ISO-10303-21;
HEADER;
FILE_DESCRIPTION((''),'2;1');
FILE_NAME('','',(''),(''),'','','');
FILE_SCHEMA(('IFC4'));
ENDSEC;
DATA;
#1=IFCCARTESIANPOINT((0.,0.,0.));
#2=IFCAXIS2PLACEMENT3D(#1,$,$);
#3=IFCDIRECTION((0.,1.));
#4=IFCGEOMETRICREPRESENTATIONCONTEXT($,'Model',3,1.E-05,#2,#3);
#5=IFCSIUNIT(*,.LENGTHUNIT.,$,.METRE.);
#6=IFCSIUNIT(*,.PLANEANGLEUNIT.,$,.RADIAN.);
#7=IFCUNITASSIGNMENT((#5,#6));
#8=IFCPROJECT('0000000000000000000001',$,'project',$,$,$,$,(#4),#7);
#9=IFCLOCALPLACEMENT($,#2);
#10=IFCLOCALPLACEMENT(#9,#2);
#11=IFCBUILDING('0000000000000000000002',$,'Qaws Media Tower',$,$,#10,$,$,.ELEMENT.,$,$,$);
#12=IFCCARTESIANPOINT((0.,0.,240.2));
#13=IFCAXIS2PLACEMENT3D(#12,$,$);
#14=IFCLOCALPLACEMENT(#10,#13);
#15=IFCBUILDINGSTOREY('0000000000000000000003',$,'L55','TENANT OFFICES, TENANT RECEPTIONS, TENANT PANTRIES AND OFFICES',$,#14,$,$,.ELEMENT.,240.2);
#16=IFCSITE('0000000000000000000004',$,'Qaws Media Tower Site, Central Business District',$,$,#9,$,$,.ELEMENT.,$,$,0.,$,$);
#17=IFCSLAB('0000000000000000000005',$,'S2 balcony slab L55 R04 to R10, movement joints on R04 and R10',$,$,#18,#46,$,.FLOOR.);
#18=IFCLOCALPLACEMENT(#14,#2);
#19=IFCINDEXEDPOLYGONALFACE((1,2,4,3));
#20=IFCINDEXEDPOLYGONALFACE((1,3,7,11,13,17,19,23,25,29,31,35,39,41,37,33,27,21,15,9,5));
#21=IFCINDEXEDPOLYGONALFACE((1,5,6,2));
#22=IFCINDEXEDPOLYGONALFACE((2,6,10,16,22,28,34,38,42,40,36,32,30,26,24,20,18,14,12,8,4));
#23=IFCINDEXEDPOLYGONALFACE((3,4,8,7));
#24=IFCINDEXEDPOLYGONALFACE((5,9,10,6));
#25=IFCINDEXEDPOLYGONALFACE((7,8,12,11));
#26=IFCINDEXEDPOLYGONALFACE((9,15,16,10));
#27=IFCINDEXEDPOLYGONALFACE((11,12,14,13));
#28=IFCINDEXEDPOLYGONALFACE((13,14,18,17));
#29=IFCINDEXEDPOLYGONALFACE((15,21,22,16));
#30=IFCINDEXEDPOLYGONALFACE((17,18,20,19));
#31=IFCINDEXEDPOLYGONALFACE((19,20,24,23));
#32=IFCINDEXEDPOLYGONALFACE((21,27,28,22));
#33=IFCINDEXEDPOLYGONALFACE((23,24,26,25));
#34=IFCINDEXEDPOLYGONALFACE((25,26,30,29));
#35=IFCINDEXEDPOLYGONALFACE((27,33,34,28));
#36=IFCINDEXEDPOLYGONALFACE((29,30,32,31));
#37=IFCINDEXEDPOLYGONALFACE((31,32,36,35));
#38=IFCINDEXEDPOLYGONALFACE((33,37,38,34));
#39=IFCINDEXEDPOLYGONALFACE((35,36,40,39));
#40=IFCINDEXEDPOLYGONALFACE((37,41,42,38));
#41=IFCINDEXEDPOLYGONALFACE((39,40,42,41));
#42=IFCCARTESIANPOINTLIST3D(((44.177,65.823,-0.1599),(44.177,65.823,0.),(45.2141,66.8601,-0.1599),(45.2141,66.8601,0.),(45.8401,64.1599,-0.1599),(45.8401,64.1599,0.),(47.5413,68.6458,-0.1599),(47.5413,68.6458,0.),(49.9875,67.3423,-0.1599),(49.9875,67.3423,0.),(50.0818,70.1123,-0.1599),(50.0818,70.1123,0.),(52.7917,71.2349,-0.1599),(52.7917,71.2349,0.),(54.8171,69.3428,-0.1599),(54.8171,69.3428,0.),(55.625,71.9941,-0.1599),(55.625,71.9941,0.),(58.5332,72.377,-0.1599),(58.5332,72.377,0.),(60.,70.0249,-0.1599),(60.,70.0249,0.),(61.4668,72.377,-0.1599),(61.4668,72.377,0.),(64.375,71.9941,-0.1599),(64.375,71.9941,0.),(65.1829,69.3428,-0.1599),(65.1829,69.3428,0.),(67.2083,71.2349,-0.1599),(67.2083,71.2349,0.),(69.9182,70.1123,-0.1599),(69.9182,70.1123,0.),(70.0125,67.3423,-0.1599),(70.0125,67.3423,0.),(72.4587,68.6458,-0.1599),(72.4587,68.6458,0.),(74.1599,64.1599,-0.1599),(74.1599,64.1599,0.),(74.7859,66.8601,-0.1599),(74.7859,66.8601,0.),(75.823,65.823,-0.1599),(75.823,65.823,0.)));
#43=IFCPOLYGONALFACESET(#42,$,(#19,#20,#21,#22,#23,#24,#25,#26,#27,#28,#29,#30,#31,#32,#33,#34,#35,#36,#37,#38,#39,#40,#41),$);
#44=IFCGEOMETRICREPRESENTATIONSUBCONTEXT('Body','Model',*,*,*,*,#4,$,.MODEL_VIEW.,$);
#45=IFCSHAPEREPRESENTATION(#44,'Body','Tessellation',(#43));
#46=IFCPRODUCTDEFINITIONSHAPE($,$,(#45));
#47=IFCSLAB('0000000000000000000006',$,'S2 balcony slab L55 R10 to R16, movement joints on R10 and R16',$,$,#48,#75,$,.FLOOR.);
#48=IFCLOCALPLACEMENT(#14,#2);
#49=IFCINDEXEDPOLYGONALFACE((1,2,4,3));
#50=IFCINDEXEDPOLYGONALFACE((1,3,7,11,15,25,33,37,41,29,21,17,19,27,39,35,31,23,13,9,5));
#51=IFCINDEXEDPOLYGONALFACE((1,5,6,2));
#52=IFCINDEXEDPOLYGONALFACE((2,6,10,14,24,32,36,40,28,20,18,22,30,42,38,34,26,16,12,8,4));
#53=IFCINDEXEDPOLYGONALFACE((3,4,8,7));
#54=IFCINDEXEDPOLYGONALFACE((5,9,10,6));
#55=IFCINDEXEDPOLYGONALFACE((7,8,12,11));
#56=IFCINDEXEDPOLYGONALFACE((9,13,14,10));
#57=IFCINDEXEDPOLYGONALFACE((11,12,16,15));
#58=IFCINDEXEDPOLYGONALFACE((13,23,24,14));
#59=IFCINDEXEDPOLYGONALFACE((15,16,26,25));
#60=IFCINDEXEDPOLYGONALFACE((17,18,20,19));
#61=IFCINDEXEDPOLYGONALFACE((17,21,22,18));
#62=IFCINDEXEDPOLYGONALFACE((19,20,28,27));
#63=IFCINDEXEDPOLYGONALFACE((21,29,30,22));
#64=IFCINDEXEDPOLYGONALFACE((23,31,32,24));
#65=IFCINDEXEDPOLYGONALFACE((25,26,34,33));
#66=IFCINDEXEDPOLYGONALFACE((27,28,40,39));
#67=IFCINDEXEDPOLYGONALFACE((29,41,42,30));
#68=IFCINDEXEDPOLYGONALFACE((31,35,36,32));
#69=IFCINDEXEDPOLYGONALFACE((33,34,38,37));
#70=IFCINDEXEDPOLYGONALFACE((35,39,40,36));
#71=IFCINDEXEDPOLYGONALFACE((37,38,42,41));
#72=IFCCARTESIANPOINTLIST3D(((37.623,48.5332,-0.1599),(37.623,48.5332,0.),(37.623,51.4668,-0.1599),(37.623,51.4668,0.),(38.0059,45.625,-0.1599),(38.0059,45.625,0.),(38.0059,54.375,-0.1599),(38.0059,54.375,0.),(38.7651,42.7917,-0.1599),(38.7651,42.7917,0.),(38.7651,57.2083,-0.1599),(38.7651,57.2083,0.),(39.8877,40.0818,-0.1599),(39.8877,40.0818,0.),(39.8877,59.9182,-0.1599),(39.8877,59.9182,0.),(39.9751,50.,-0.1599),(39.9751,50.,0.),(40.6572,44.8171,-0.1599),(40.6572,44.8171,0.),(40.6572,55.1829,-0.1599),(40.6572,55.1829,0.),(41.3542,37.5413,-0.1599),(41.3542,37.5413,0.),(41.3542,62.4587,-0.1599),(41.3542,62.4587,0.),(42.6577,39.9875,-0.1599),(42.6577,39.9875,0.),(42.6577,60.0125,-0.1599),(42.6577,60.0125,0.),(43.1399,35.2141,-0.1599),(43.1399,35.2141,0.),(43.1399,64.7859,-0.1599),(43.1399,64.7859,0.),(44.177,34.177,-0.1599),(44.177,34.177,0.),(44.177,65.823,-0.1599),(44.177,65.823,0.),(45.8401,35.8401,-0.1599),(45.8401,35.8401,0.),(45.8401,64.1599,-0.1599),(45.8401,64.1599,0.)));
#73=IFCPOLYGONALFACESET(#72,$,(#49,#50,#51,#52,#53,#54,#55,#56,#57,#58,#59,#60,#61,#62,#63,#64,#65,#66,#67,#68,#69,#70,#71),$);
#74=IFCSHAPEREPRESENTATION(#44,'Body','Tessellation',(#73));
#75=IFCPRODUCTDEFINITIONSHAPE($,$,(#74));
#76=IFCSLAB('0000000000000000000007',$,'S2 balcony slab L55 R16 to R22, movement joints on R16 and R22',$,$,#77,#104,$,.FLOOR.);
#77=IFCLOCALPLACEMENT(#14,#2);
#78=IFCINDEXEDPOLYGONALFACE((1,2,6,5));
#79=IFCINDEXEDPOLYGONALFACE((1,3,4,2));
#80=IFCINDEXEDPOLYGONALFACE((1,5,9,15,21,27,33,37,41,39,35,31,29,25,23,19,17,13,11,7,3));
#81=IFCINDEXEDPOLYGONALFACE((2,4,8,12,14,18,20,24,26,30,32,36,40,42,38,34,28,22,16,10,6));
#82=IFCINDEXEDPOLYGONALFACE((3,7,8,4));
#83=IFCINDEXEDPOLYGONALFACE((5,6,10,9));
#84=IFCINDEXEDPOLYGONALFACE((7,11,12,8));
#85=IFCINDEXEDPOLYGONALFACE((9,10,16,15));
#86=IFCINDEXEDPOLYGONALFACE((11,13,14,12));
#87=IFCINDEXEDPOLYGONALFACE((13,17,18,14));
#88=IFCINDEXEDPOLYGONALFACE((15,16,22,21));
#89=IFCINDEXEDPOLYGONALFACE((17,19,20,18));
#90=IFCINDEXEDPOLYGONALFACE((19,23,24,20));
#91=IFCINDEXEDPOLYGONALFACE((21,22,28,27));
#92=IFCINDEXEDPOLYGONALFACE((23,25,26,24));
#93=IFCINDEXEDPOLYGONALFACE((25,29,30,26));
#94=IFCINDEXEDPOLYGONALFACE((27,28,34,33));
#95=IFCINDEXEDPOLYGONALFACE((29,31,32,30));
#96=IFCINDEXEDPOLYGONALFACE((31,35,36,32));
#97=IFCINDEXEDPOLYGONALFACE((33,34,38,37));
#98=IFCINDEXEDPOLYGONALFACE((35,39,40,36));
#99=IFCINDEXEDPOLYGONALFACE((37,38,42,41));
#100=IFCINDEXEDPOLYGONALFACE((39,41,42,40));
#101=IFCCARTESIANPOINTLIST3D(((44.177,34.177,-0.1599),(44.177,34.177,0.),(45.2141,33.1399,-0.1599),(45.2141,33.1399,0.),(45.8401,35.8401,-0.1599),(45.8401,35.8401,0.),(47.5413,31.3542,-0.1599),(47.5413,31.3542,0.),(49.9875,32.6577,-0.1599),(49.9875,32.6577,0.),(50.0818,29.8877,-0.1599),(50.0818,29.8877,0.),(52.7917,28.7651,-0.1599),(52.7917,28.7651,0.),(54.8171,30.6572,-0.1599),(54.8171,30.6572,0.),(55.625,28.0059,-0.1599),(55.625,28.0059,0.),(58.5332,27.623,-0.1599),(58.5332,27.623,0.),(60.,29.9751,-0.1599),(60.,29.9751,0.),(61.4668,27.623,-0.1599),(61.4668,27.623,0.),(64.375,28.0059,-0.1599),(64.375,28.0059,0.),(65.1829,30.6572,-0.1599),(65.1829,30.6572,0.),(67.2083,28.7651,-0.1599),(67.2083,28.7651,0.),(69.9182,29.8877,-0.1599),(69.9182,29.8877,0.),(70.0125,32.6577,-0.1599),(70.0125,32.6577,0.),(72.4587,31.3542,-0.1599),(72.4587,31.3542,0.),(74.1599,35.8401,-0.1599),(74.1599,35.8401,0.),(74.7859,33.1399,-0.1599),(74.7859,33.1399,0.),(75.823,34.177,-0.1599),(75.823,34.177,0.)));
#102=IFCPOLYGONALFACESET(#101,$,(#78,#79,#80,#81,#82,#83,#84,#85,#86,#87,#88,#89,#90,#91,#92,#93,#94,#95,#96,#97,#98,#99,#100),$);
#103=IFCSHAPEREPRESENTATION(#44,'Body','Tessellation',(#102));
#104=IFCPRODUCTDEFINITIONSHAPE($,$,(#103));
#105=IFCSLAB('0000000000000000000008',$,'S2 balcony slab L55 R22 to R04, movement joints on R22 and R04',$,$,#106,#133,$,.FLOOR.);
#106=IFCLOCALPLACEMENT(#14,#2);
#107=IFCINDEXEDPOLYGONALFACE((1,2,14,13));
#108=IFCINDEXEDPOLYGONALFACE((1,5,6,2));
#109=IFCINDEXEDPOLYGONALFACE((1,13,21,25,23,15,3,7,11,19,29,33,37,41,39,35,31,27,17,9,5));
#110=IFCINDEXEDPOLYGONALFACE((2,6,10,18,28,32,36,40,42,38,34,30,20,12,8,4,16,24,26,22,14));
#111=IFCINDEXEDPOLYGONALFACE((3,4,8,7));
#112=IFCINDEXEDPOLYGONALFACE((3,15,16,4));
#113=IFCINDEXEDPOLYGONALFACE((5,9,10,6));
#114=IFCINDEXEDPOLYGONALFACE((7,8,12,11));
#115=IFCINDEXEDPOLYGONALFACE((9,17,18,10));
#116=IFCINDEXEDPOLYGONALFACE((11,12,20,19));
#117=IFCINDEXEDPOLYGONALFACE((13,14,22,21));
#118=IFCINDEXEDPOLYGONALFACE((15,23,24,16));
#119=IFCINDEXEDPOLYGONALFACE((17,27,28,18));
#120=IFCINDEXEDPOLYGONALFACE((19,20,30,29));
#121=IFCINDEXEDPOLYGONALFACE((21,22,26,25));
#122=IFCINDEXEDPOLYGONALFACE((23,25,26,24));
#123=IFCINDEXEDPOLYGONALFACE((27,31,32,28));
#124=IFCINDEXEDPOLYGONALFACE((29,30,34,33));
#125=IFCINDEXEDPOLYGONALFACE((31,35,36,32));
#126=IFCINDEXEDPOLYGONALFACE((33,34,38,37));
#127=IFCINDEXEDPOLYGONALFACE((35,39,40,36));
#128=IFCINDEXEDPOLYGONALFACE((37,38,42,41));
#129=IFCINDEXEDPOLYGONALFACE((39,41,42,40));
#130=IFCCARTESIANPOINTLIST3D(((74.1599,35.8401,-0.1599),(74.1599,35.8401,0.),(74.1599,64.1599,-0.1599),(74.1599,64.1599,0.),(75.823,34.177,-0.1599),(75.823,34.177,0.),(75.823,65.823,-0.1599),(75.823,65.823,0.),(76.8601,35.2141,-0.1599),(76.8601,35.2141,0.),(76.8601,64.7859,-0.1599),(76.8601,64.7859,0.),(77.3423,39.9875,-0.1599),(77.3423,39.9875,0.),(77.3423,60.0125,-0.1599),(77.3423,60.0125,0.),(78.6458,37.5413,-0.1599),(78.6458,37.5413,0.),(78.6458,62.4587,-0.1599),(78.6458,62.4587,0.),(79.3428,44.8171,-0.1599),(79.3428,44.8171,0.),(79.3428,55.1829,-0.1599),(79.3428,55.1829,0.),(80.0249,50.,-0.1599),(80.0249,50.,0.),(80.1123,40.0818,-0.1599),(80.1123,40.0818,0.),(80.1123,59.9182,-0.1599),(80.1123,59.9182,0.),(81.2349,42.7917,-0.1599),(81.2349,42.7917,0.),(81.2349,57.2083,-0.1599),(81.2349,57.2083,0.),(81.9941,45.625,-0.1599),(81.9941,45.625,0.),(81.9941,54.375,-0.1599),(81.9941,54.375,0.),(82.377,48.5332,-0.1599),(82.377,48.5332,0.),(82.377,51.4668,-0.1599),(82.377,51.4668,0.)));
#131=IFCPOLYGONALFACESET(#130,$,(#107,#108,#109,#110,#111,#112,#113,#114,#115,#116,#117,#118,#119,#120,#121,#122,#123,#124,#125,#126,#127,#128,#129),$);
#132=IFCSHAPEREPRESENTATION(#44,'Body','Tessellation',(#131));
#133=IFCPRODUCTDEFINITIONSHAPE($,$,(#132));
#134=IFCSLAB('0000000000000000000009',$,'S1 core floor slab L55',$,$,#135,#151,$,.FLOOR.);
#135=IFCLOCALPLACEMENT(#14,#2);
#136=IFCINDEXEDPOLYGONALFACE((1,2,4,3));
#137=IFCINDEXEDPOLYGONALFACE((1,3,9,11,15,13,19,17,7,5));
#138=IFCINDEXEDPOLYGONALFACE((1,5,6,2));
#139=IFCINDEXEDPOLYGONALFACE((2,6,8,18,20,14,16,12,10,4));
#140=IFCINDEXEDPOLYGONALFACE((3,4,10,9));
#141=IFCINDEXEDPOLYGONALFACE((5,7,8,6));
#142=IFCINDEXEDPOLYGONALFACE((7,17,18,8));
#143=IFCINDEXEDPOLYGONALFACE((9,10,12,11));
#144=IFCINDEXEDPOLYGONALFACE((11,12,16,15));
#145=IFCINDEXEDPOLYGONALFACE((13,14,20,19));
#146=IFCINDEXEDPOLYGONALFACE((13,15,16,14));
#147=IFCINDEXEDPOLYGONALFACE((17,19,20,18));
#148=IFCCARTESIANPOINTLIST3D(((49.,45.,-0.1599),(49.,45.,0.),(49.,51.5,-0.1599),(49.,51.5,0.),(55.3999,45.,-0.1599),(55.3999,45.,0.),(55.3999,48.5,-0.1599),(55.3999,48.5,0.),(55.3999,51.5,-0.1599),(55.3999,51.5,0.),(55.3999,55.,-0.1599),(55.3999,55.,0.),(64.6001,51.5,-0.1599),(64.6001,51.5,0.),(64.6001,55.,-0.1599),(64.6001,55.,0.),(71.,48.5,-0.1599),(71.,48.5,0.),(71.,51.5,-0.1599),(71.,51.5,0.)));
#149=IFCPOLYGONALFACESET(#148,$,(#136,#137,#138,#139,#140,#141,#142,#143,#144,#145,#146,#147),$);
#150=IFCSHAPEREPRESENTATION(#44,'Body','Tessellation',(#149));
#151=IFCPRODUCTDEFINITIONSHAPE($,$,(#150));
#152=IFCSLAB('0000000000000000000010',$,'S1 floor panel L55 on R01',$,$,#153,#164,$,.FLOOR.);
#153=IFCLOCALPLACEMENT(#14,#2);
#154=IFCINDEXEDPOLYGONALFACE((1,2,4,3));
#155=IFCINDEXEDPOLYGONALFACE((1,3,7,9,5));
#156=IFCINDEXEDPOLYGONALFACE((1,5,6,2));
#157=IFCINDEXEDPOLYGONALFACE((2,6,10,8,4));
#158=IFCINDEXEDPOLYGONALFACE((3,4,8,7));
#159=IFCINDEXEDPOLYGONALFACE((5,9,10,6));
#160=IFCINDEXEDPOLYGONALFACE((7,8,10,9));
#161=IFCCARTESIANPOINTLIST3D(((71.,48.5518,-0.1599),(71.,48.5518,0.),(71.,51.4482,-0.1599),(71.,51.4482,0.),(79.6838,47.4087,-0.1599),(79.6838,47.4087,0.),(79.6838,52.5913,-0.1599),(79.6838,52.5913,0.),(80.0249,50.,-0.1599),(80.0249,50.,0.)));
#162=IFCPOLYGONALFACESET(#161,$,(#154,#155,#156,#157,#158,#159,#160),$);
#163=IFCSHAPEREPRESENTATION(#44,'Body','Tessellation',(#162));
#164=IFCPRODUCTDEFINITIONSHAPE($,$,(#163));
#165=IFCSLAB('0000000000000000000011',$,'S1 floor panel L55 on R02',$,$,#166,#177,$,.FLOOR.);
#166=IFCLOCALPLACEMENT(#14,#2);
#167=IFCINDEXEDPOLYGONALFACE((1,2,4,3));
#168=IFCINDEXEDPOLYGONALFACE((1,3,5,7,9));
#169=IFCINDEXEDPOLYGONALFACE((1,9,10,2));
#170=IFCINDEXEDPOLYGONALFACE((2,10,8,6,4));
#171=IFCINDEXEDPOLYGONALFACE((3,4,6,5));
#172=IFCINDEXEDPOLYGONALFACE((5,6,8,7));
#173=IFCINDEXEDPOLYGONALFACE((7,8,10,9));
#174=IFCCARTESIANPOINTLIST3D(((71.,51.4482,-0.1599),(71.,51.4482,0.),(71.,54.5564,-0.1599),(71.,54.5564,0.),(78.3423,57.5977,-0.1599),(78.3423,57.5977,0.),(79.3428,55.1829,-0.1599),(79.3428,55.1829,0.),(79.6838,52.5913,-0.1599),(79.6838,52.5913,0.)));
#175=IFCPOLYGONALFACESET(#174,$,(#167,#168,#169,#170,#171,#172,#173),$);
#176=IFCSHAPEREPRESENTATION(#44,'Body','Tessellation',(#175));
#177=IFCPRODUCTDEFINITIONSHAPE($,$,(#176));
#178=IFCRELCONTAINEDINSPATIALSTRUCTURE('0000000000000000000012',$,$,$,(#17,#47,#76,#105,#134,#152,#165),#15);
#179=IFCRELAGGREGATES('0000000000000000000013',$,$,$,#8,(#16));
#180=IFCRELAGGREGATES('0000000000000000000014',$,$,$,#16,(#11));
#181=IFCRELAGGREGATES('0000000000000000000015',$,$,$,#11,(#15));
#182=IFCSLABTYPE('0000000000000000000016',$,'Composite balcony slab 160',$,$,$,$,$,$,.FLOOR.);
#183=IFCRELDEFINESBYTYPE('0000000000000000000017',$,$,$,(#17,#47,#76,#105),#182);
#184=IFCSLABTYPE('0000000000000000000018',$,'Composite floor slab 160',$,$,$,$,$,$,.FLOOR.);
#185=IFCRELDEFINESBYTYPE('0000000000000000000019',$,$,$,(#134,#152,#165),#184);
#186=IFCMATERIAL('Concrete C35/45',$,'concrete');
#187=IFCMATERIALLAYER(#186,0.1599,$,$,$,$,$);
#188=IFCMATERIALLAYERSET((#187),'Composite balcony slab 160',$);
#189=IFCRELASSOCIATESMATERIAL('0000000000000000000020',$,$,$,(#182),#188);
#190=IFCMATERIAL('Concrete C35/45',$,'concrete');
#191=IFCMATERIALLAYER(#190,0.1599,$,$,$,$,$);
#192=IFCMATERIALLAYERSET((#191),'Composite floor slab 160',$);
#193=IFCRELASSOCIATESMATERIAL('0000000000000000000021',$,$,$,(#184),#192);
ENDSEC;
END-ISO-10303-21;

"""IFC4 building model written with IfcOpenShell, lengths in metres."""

from ifc_helpers import new_model, si_unit, direction, frame, origin, place, context, subcontext, project, spatial, polyline, outline, extrude, material, layer, layer_set, type_object, element, save


model = new_model("IFC4")

# Units and contexts
model_context = context("Model", 3, precision=1e-05, world=origin(), true_north=direction((0.0, 1.0)))
body_context = subcontext(model_context, "Body", "Model", "MODEL_VIEW")
ifc_project = project(units=[si_unit("LENGTHUNIT", "METRE"), si_unit("PLANEANGLEUNIT", "RADIAN")], contexts=[model_context])

# Site, building, storey
site_placement = place(None, origin())
site = spatial("IfcSite", under=ifc_project, at=site_placement, Name="Qaws Media Tower Site, Central Business District", CompositionType="ELEMENT", RefElevation=0.0)
building_placement = place(site_placement, origin())
building = spatial("IfcBuilding", under=site, at=building_placement, Name="Qaws Media Tower", CompositionType="ELEMENT")
storey_placement = place(building_placement, frame((0.0, 0.0, 240.2)))
storey = spatial("IfcBuildingStorey", under=building, at=storey_placement, Name="L55", Description="TENANT OFFICES, TENANT RECEPTIONS, TENANT PANTRIES AND OFFICES", CompositionType="ELEMENT", Elevation=240.2)

# Slabs
ifc_material_1 = material(Name="Concrete C35/45", Category="concrete")
ifc_layer_1 = layer(ifc_material_1, 0.1599)
ifc_layer_set_1 = layer_set([ifc_layer_1], Name="Composite balcony slab 160")
slab_type_1 = type_object("IfcSlabType", Name="Composite balcony slab 160", PredefinedType="FLOOR", material=ifc_layer_set_1)
slab_1_placement = place(storey_placement, frame((0.0, 0.0, -0.1599)))
element("IfcSlab", 1, at=slab_1_placement, inside=storey, type_object=slab_type_1, Name="S2 balcony slab L55 R04 to R10, movement joints on R04 and R10", PredefinedType="FLOOR", context=body_context, shape_type="SweptSolid", body=[
    extrude(outline(polyline([(45.2141, 66.8601), (47.5413, 68.6458), (50.0818, 70.1123), (52.7917, 71.2349), (55.625, 71.9941), (58.5332, 72.377), (61.4668, 72.377), (64.375, 71.9941), (67.2083, 71.2349), (69.9182, 70.1123), (72.4587, 68.6458), (74.7859, 66.8601), (75.823, 65.823), (74.1599, 64.1599), (70.0125, 67.3423), (65.1829, 69.3428), (60.0, 70.0249), (54.8171, 69.3428), (49.9875, 67.3423), (45.8401, 64.1599), (44.177, 65.823), (45.2141, 66.8601)])), origin(), (0.0, 0.0, 1.0), 0.1599),
])
slab_2_placement = place(storey_placement, frame((0.0, 0.0, -0.1599)))
element("IfcSlab", 2, at=slab_2_placement, inside=storey, type_object=slab_type_1, Name="S2 balcony slab L55 R10 to R16, movement joints on R10 and R16", PredefinedType="FLOOR", context=body_context, shape_type="SweptSolid", body=[
    extrude(outline(polyline([(43.1399, 35.2141), (41.3542, 37.5413), (39.8877, 40.0818), (38.7651, 42.7917), (38.0059, 45.625), (37.623, 48.5332), (37.623, 51.4668), (38.0059, 54.375), (38.7651, 57.2083), (39.8877, 59.9182), (41.3542, 62.4587), (43.1399, 64.7859), (44.177, 65.823), (45.8401, 64.1599), (42.6577, 60.0125), (40.6572, 55.1829), (39.9751, 50.0), (40.6572, 44.8171), (42.6577, 39.9875), (45.8401, 35.8401), (44.177, 34.177), (43.1399, 35.2141)])), origin(), (0.0, 0.0, 1.0), 0.1599),
])
slab_3_placement = place(storey_placement, frame((0.0, 0.0, -0.1599)))
element("IfcSlab", 3, at=slab_3_placement, inside=storey, type_object=slab_type_1, Name="S2 balcony slab L55 R16 to R22, movement joints on R16 and R22", PredefinedType="FLOOR", context=body_context, shape_type="SweptSolid", body=[
    extrude(outline(polyline([(74.7859, 33.1399), (72.4587, 31.3542), (69.9182, 29.8877), (67.2083, 28.7651), (64.375, 28.0059), (61.4668, 27.623), (58.5332, 27.623), (55.625, 28.0059), (52.7917, 28.7651), (50.0818, 29.8877), (47.5413, 31.3542), (45.2141, 33.1399), (44.177, 34.177), (45.8401, 35.8401), (49.9875, 32.6577), (54.8171, 30.6572), (60.0, 29.9751), (65.1829, 30.6572), (70.0125, 32.6577), (74.1599, 35.8401), (75.823, 34.177), (74.7859, 33.1399)])), origin(), (0.0, 0.0, 1.0), 0.1599),
])
slab_4_placement = place(storey_placement, frame((0.0, 0.0, -0.1599)))
element("IfcSlab", 4, at=slab_4_placement, inside=storey, type_object=slab_type_1, Name="S2 balcony slab L55 R22 to R04, movement joints on R22 and R04", PredefinedType="FLOOR", context=body_context, shape_type="SweptSolid", body=[
    extrude(outline(polyline([(81.9941, 45.625), (81.2349, 42.7917), (80.1123, 40.0818), (78.6458, 37.5413), (76.8601, 35.2141), (75.823, 34.177), (74.1599, 35.8401), (77.3423, 39.9875), (79.3428, 44.8171), (80.0249, 50.0), (79.3428, 55.1829), (77.3423, 60.0125), (74.1599, 64.1599), (75.823, 65.823), (76.8601, 64.7859), (78.6458, 62.4587), (80.1123, 59.9182), (81.2349, 57.2083), (81.9941, 54.375), (82.377, 51.4668), (82.377, 48.5332), (81.9941, 45.625)])), origin(), (0.0, 0.0, 1.0), 0.1599),
])
ifc_material_2 = material(Name="Concrete C35/45", Category="concrete")
ifc_layer_2 = layer(ifc_material_2, 0.1599)
ifc_layer_set_2 = layer_set([ifc_layer_2], Name="Composite floor slab 160")
slab_type_2 = type_object("IfcSlabType", Name="Composite floor slab 160", PredefinedType="FLOOR", material=ifc_layer_set_2)
slab_5_placement = place(storey_placement, frame((0.0, 0.0, -0.1599)))
element("IfcSlab", 5, at=slab_5_placement, inside=storey, type_object=slab_type_2, Name="S1 core floor slab L55", PredefinedType="FLOOR", context=body_context, shape_type="SweptSolid", body=[
    extrude(outline(polyline([(71.0, 51.5), (71.0, 48.5), (55.3999, 48.5), (55.3999, 45.0), (49.0, 45.0), (49.0, 51.5), (55.3999, 51.5), (55.3999, 55.0), (64.6001, 55.0), (64.6001, 51.5), (71.0, 51.5)])), origin(), (0.0, 0.0, 1.0), 0.1599),
])
slab_6_placement = place(storey_placement, frame((0.0, 0.0, -0.1599)))
element("IfcSlab", 6, at=slab_6_placement, inside=storey, type_object=slab_type_2, Name="S1 floor panel L55 on R01", PredefinedType="FLOOR", context=body_context, shape_type="SweptSolid", body=[
    extrude(outline(polyline([(80.0249, 50.0), (79.6838, 47.4087), (71.0, 48.5518), (71.0, 51.4482), (79.6838, 52.5913), (80.0249, 50.0)])), origin(), (0.0, 0.0, 1.0), 0.1599),
])
slab_7_placement = place(storey_placement, frame((0.0, 0.0, -0.1599)))
element("IfcSlab", 7, at=slab_7_placement, inside=storey, type_object=slab_type_2, Name="S1 floor panel L55 on R02", PredefinedType="FLOOR", context=body_context, shape_type="SweptSolid", body=[
    extrude(outline(polyline([(79.3428, 55.1829), (79.6838, 52.5913), (71.0, 51.4482), (71.0, 54.5564), (78.3423, 57.5977), (79.3428, 55.1829)])), origin(), (0.0, 0.0, 1.0), 0.1599),
])

save(model, "model.ifc")
